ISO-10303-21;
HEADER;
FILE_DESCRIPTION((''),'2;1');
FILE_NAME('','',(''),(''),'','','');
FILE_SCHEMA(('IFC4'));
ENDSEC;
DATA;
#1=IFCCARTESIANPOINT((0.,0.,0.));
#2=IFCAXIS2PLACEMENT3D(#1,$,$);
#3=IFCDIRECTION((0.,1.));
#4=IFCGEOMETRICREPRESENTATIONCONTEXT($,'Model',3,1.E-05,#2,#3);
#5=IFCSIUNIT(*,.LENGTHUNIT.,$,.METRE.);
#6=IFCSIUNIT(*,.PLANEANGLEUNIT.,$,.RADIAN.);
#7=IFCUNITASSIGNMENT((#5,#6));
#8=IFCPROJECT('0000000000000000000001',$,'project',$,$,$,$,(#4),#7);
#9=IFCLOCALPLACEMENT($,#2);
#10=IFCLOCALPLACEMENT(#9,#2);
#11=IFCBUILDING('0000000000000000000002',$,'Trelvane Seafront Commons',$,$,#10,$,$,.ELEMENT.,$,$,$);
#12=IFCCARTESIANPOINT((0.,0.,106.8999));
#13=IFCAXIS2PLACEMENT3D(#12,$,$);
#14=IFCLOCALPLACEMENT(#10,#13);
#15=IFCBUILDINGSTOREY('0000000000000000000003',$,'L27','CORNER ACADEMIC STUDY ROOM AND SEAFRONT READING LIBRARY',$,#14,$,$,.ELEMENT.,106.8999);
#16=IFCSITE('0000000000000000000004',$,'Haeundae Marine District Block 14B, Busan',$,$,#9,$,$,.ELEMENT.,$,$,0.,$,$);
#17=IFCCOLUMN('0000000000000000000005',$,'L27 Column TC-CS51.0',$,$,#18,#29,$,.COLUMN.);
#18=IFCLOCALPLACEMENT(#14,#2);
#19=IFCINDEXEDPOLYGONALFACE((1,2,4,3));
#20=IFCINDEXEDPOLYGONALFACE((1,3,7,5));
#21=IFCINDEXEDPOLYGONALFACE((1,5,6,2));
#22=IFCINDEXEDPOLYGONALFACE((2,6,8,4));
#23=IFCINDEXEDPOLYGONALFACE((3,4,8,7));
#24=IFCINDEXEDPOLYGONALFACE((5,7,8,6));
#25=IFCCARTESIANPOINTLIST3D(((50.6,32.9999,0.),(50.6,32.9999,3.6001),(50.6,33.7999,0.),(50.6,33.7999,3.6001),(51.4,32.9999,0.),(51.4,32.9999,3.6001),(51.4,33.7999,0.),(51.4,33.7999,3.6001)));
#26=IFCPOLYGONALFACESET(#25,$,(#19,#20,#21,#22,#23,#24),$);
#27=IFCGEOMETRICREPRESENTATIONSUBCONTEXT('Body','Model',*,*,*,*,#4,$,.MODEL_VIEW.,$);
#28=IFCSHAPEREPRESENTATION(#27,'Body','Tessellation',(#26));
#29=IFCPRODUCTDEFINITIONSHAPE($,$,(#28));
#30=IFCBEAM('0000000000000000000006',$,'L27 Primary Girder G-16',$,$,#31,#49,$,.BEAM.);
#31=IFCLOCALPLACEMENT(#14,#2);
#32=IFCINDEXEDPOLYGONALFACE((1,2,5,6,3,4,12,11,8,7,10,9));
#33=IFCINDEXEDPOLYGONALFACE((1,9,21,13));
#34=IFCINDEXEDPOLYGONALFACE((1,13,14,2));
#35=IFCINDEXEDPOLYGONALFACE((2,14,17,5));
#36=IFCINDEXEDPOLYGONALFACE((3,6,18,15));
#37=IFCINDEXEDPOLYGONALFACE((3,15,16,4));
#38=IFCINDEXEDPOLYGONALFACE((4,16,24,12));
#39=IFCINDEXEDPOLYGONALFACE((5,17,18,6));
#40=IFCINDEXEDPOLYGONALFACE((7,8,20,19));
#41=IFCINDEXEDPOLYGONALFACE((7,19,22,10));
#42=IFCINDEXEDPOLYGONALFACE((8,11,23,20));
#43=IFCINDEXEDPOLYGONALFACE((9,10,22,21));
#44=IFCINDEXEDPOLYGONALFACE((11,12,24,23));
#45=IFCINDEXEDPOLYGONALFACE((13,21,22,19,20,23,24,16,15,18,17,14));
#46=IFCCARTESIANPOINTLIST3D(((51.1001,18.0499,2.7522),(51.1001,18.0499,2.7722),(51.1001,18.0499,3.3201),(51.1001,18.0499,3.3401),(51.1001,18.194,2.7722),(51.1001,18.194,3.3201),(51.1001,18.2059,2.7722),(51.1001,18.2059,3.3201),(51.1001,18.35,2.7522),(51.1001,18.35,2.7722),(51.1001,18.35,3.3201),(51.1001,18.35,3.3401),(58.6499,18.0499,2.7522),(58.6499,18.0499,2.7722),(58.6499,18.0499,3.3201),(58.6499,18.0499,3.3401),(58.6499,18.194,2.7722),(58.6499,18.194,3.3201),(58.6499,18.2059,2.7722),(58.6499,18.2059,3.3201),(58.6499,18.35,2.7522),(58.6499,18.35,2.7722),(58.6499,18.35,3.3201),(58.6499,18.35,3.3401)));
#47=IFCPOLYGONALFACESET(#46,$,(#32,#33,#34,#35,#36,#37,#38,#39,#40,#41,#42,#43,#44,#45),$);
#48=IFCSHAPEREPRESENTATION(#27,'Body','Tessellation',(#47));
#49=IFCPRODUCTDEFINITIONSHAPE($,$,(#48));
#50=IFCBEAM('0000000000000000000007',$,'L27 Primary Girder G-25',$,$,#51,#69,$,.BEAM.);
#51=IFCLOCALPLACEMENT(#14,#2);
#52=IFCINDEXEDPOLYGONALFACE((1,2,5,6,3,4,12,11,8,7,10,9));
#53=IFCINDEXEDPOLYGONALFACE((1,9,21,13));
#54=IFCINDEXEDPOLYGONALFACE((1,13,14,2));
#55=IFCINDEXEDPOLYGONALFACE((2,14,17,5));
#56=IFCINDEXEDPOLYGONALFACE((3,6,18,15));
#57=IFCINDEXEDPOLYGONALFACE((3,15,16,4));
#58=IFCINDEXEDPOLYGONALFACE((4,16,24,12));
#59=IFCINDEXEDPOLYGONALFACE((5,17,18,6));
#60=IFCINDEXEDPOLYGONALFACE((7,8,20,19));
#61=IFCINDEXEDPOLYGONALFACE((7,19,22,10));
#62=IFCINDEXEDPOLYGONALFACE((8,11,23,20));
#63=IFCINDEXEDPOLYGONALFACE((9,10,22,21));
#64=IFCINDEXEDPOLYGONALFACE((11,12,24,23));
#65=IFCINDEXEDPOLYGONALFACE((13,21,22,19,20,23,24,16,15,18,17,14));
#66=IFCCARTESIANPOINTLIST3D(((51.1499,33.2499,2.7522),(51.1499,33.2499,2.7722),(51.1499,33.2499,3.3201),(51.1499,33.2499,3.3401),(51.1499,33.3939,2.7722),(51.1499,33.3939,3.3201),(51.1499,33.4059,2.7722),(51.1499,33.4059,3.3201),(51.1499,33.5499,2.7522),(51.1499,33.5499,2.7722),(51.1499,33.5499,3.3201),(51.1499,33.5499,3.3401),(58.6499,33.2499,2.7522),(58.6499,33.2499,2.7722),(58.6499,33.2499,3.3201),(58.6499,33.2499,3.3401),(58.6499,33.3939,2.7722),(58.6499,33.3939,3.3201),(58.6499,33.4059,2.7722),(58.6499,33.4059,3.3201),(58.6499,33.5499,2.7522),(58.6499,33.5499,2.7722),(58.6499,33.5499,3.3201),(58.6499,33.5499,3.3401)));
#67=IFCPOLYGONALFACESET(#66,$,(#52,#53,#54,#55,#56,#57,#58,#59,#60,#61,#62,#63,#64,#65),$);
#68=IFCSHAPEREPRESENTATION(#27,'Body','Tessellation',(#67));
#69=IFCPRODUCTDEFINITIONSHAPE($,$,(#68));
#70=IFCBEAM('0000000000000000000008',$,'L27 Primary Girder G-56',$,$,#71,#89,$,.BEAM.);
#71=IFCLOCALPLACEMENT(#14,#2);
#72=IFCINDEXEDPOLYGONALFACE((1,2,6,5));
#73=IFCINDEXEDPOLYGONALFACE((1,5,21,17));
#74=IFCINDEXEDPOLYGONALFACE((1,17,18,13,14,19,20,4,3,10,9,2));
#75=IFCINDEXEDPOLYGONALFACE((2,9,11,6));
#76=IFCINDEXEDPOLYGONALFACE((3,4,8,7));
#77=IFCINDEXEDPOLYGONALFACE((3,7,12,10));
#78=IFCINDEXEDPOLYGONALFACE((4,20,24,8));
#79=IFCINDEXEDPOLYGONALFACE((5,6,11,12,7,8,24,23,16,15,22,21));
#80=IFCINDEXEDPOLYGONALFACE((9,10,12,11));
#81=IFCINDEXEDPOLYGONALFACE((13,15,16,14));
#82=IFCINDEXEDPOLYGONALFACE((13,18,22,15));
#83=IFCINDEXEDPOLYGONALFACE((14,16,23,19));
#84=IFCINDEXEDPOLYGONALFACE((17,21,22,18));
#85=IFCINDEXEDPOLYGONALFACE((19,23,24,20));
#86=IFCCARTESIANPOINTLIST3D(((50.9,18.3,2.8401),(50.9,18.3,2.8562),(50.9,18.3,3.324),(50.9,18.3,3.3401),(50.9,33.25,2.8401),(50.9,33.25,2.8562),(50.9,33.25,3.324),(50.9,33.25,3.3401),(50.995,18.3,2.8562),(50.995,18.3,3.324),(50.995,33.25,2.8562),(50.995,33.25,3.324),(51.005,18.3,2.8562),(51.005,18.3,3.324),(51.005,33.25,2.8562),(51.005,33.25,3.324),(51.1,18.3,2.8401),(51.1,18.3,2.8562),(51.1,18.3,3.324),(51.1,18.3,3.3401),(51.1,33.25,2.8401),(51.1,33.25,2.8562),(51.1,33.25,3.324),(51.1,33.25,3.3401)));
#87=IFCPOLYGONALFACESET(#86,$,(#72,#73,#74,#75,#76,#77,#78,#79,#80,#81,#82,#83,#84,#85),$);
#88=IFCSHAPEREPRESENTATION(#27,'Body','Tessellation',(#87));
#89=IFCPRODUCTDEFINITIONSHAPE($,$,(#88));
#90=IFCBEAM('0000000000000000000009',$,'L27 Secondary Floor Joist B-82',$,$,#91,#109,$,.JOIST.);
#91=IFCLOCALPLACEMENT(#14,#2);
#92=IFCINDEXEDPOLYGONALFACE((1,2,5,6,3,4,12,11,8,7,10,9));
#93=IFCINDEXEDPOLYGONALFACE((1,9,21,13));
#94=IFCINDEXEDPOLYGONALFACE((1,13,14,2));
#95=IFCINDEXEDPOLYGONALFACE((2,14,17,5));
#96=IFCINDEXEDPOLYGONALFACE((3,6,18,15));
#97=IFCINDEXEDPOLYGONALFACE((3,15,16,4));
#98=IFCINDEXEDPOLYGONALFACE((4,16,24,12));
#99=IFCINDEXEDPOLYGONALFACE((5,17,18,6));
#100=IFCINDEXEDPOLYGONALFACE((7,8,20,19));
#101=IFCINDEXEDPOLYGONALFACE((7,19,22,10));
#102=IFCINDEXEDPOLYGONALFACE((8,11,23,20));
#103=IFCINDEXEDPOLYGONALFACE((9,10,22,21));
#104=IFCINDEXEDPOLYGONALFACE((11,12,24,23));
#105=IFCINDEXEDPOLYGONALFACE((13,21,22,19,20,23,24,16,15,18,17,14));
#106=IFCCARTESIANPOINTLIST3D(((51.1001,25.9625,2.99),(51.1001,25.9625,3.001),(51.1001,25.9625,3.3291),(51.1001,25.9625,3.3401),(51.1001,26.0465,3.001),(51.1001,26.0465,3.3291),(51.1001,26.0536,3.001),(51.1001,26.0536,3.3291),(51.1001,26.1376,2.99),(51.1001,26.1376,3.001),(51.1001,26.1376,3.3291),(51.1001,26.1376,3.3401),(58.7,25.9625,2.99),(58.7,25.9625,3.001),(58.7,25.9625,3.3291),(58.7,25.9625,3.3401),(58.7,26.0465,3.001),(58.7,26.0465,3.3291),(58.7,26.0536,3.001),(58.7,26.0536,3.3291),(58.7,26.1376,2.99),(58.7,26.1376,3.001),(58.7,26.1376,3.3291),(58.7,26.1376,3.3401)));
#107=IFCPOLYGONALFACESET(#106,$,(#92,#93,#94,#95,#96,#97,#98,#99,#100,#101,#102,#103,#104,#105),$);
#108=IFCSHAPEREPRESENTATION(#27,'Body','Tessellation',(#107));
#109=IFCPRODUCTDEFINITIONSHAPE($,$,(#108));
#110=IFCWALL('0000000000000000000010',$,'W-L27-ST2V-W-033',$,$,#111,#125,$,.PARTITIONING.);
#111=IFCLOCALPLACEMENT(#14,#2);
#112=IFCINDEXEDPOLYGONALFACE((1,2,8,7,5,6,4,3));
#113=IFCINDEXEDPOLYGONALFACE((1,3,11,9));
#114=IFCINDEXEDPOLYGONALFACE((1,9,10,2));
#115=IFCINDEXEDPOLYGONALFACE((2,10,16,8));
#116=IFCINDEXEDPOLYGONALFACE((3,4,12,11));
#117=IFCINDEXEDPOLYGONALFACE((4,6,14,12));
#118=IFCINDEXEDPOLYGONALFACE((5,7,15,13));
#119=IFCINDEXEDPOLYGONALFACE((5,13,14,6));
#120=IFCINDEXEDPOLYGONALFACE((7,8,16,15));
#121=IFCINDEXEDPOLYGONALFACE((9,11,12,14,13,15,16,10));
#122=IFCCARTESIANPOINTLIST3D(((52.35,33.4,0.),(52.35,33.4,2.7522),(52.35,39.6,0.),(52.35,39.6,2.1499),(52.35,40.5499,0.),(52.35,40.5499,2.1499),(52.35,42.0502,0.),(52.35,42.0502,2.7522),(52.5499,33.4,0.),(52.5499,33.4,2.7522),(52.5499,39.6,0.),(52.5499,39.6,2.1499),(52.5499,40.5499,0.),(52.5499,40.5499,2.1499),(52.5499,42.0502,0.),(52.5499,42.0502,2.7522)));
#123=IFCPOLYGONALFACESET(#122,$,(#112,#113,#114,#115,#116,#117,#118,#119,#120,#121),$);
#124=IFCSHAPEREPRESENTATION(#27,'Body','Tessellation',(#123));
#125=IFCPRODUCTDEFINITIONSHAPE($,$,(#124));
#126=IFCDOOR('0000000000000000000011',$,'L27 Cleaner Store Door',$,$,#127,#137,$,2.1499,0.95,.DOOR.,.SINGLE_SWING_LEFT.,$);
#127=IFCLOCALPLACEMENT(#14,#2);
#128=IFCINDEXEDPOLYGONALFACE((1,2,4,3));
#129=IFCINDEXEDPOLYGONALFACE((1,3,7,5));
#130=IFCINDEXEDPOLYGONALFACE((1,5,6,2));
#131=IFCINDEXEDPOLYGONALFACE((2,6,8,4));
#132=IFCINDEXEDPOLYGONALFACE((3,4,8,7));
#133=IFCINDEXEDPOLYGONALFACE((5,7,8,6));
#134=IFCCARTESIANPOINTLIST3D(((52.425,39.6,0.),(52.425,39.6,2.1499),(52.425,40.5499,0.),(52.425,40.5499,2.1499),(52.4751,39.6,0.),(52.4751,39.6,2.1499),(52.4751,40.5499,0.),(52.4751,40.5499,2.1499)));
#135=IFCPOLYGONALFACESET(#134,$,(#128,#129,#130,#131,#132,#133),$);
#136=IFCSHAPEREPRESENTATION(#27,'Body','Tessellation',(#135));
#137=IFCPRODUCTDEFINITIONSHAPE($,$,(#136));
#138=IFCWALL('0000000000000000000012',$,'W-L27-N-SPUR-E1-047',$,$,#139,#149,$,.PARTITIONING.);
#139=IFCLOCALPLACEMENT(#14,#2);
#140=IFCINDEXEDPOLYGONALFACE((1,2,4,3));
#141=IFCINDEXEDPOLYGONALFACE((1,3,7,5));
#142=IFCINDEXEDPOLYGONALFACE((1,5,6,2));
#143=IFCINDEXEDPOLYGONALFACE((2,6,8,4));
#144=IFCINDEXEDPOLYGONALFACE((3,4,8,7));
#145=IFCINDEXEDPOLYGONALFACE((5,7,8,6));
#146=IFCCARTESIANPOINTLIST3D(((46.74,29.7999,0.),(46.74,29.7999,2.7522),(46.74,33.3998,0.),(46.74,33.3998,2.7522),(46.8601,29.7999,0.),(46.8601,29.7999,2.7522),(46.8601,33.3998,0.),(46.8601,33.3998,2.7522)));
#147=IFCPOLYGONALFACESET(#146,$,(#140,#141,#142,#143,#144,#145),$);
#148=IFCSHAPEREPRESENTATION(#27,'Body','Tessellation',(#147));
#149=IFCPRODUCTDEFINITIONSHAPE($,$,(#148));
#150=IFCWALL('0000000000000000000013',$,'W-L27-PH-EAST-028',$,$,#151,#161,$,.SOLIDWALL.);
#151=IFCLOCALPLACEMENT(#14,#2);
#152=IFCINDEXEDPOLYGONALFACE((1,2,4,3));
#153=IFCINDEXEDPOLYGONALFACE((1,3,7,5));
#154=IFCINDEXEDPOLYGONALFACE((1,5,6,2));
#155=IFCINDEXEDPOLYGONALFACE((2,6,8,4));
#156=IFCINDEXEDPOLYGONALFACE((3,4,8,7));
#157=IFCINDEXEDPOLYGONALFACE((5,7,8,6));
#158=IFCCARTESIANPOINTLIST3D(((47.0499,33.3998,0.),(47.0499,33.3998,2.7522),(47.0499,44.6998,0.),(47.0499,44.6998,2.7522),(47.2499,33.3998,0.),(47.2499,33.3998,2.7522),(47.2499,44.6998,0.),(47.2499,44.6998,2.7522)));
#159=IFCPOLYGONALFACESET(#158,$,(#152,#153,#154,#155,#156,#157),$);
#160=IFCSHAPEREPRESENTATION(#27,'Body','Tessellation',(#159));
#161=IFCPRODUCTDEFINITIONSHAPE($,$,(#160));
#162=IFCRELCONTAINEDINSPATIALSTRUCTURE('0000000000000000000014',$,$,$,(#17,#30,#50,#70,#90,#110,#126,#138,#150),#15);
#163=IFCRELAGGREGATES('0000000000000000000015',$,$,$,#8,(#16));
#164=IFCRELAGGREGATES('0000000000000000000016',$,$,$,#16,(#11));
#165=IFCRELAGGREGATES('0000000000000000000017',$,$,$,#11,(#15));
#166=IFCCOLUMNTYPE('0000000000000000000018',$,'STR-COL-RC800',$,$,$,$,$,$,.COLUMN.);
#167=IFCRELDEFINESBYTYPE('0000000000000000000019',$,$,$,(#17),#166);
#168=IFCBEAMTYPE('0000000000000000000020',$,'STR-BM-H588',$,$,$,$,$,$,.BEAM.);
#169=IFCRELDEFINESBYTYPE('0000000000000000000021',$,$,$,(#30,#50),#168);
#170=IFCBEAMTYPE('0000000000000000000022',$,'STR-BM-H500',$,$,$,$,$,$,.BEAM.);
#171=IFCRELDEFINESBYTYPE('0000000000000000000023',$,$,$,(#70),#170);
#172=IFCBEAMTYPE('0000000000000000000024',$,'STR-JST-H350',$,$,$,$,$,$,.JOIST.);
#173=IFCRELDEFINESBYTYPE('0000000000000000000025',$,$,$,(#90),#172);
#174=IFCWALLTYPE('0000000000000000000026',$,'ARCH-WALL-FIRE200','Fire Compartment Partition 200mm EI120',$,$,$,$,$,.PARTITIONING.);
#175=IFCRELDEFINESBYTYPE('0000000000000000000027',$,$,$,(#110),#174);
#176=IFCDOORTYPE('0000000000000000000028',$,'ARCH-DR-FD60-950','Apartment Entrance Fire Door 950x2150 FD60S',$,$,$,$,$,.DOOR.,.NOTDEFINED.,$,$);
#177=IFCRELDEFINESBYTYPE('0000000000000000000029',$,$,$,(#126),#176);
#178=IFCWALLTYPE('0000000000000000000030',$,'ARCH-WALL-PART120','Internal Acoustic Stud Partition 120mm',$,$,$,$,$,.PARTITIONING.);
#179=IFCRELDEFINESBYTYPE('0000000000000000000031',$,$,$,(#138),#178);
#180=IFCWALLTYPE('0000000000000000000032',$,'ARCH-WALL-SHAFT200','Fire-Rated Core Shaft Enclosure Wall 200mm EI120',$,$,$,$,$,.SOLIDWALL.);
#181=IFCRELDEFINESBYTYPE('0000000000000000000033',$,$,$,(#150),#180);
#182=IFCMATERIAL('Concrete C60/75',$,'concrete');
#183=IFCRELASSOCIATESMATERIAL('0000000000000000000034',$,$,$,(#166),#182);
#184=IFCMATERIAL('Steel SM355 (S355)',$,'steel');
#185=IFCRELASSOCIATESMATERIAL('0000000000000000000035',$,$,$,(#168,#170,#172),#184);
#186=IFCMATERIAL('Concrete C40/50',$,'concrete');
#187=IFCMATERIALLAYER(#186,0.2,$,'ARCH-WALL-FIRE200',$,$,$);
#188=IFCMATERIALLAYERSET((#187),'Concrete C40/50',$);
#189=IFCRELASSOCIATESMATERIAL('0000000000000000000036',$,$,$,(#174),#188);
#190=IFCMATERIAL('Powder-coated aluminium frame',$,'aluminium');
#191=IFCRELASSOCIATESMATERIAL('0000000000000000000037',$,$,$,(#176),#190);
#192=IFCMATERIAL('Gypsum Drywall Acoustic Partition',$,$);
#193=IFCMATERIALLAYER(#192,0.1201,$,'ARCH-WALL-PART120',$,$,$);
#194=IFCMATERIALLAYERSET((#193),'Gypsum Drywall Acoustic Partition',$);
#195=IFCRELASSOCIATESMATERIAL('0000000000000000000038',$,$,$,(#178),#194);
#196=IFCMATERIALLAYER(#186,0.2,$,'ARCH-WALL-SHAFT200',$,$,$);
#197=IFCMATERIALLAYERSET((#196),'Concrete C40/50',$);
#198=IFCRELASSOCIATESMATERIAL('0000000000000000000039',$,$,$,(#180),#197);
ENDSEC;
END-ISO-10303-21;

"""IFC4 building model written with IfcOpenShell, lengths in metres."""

from ifc_helpers import new_model, si_unit, direction, frame, frame_2d, origin, origin_2d, place, context, subcontext, project, spatial, rectangle, i_section, extrude, source, transform, mapped, material, layer, layer_set, material_profile, profile_set, type_object, element, fill, save


model = new_model("IFC4")

# Units and contexts
model_context = context("Model", 3, precision=1e-05, world=origin(), true_north=direction((0.0, 1.0)))
body_context = subcontext(model_context, "Body", "Model", "MODEL_VIEW")
ifc_project = project(units=[si_unit("LENGTHUNIT", "METRE"), si_unit("PLANEANGLEUNIT", "RADIAN")], contexts=[model_context])

# Site, building, storey
site_placement = place(None, origin())
site = spatial("IfcSite", under=ifc_project, at=site_placement, Name="Haeundae Marine District Block 14B, Busan", CompositionType="ELEMENT", RefElevation=0.0)
building_placement = place(site_placement, origin())
building = spatial("IfcBuilding", under=site, at=building_placement, Name="Trelvane Seafront Commons", CompositionType="ELEMENT")
storey_placement = place(building_placement, frame((0.0, 0.0, 106.8999)))
storey = spatial("IfcBuildingStorey", under=building, at=storey_placement, Name="L27", Description="CORNER ACADEMIC STUDY ROOM AND SEAFRONT READING LIBRARY", CompositionType="ELEMENT", Elevation=106.8999)

# Column
ifc_material_1 = material(Name="Concrete C60/75", Category="concrete")
ifc_material_profile_1 = material_profile(ifc_material_1, rectangle(XDim=0.8, YDim=0.8, at=origin_2d()), Name="RC-800x800")
ifc_profile_set_1 = profile_set([ifc_material_profile_1], Name="Concrete C60/75")
column_type = type_object("IfcColumnType", Name="STR-COL-RC800", PredefinedType="COLUMN", material=ifc_profile_set_1)
shared_shape_1 = source(origin(), body_context, "Body", "SweptSolid", [
    extrude(rectangle(XDim=0.8, YDim=0.8, at=origin_2d()), origin(), (0.0, 0.0, 1.0), 3.6001),
])
column_placement = place(storey_placement, frame((51.0, 33.3999, 0.0), z_axis=(0.0, 0.0, 1.0), x_axis=(1.0, 0.0, 0.0)))
element("IfcColumn", 1, at=column_placement, inside=storey, type_object=column_type, Name="L27 Column TC-CS51.0", PredefinedType="COLUMN", context=body_context, shape_type="MappedRepresentation", body=[
    mapped(shared_shape_1, transform((0.0, 0.0, 0.0), x_axis=(1.0, 0.0, 0.0), y_axis=(0.0, 1.0, 0.0), z_axis=(0.0, 0.0, 1.0), scale=1.0)),
])

# Beams
ifc_material_2 = material(Name="Steel SM355 (S355)", Category="steel")
ifc_material_profile_2 = material_profile(ifc_material_2, i_section(OverallWidth=0.3, OverallDepth=0.5879, WebThickness=0.012, FlangeThickness=0.02, at=origin_2d()), Name="H-588x300x12x20")
ifc_profile_set_2 = profile_set([ifc_material_profile_2], Name="Steel SM355 (S355)")
beam_type_1 = type_object("IfcBeamType", Name="STR-BM-H588", PredefinedType="BEAM", material=ifc_profile_set_2)
shared_shape_2 = source(origin(), body_context, "Body", "SweptSolid", [
    extrude(i_section(OverallWidth=0.3, OverallDepth=0.5879, WebThickness=0.012, FlangeThickness=0.02, at=origin_2d()), origin(), (0.0, 0.0, 1.0), 7.5498),
])
beam_1_placement = place(storey_placement, frame((51.1001, 18.2, 3.0461), z_axis=(1.0, 0.0, 0.0), x_axis=(0.0, 1.0, 0.0)))
element("IfcBeam", 2, at=beam_1_placement, inside=storey, type_object=beam_type_1, Name="L27 Primary Girder G-16", PredefinedType="BEAM", context=body_context, shape_type="MappedRepresentation", body=[
    mapped(shared_shape_2, transform((0.0, 0.0, 0.0), x_axis=(1.0, 0.0, 0.0), y_axis=(0.0, 1.0, 0.0), z_axis=(0.0, 0.0, 1.0), scale=1.0)),
])
shared_shape_3 = source(origin(), body_context, "Body", "SweptSolid", [
    extrude(i_section(OverallWidth=0.3, OverallDepth=0.5879, WebThickness=0.012, FlangeThickness=0.02, at=origin_2d()), origin(), (0.0, 0.0, 1.0), 7.5),
])
beam_2_placement = place(storey_placement, frame((51.1499, 33.3999, 3.0461), z_axis=(1.0, 0.0, 0.0), x_axis=(0.0, 1.0, 0.0)))
element("IfcBeam", 3, at=beam_2_placement, inside=storey, type_object=beam_type_1, Name="L27 Primary Girder G-25", PredefinedType="BEAM", context=body_context, shape_type="MappedRepresentation", body=[
    mapped(shared_shape_3, transform((0.0, 0.0, 0.0), x_axis=(1.0, 0.0, 0.0), y_axis=(0.0, 1.0, 0.0), z_axis=(0.0, 0.0, 1.0), scale=1.0)),
])
ifc_material_profile_3 = material_profile(ifc_material_2, i_section(OverallWidth=0.2, OverallDepth=0.5, WebThickness=0.01, FlangeThickness=0.0161, at=origin_2d()), Name="H-500x200x10x16")
ifc_profile_set_3 = profile_set([ifc_material_profile_3], Name="Steel SM355 (S355)")
beam_type_2 = type_object("IfcBeamType", Name="STR-BM-H500", PredefinedType="BEAM", material=ifc_profile_set_3)
shared_shape_4 = source(origin(), body_context, "Body", "SweptSolid", [
    extrude(i_section(OverallWidth=0.2, OverallDepth=0.5, WebThickness=0.01, FlangeThickness=0.0161, at=origin_2d()), origin(), (0.0, 0.0, 1.0), 14.95),
])
beam_3_placement = place(storey_placement, frame((51.0, 18.3, 3.0901), z_axis=(0.0, 1.0, 0.0), x_axis=(-1.0, 0.0, 0.0)))
element("IfcBeam", 4, at=beam_3_placement, inside=storey, type_object=beam_type_2, Name="L27 Primary Girder G-56", PredefinedType="BEAM", context=body_context, shape_type="MappedRepresentation", body=[
    mapped(shared_shape_4, transform((0.0, 0.0, 0.0), x_axis=(1.0, 0.0, 0.0), y_axis=(0.0, 1.0, 0.0), z_axis=(0.0, 0.0, 1.0), scale=1.0)),
])
ifc_material_profile_4 = material_profile(ifc_material_2, i_section(OverallWidth=0.175, OverallDepth=0.3501, WebThickness=0.0071, FlangeThickness=0.011, at=origin_2d()), Name="H-350x175x7x11")
ifc_profile_set_4 = profile_set([ifc_material_profile_4], Name="Steel SM355 (S355)")
beam_type_3 = type_object("IfcBeamType", Name="STR-JST-H350", PredefinedType="JOIST", material=ifc_profile_set_4)
shared_shape_5 = source(origin(), body_context, "Body", "SweptSolid", [
    extrude(i_section(OverallWidth=0.175, OverallDepth=0.3501, WebThickness=0.0071, FlangeThickness=0.011, at=origin_2d()), origin(), (0.0, 0.0, 1.0), 7.5999),
])
beam_4_placement = place(storey_placement, frame((51.1001, 26.05, 3.165), z_axis=(1.0, 0.0, 0.0), x_axis=(0.0, 1.0, 0.0)))
element("IfcBeam", 5, at=beam_4_placement, inside=storey, type_object=beam_type_3, Name="L27 Secondary Floor Joist B-82", PredefinedType="JOIST", context=body_context, shape_type="MappedRepresentation", body=[
    mapped(shared_shape_5, transform((0.0, 0.0, 0.0), x_axis=(1.0, 0.0, 0.0), y_axis=(0.0, 1.0, 0.0), z_axis=(0.0, 0.0, 1.0), scale=1.0)),
])

# Wall, opening, door
ifc_material_3 = material(Name="Concrete C40/50", Category="concrete")
ifc_layer_1 = layer(ifc_material_3, 0.2, Name="ARCH-WALL-FIRE200")
ifc_layer_set_1 = layer_set([ifc_layer_1], Name="Concrete C40/50")
wall_type_1 = type_object("IfcWallType", Name="ARCH-WALL-FIRE200", Description="Fire Compartment Partition 200mm EI120", PredefinedType="PARTITIONING", material=ifc_layer_set_1)
wall_1_placement = place(storey_placement, frame((52.45, 33.3999, 0.0), z_axis=(0.0, 0.0, 1.0), x_axis=(0.0, 1.0, 0.0)))
wall_1 = element("IfcWall", 6, at=wall_1_placement, inside=storey, type_object=wall_type_1, Name="W-L27-ST2V-W-033", PredefinedType="PARTITIONING", context=body_context, shape_type="SweptSolid", body=[
    extrude(rectangle(XDim=8.6501, YDim=0.2, at=frame_2d((4.3252, 0.0))), origin(), (0.0, 0.0, 1.0), 2.7522),
])
opening_1_placement = place(wall_1_placement, frame((6.2, 0.0, 0.0)))
opening_1 = element("IfcOpeningElement", 7, at=opening_1_placement, cuts=wall_1, PredefinedType="OPENING", context=body_context, shape_type="SweptSolid", body=[
    extrude(rectangle(XDim=0.95, YDim=2.1499, at=frame_2d((0.4751, 1.075))), frame((0.0, 0.1099, 0.0), z_axis=(0.0, -1.0, 0.0), x_axis=(1.0, 0.0, 0.0)), (0.0, 0.0, 1.0), 0.22),
])
ifc_material_4 = material(Name="Powder-coated aluminium frame", Category="aluminium")
door_type_1 = type_object("IfcDoorType", Name="ARCH-DR-FD60-950", Description="Apartment Entrance Fire Door 950x2150 FD60S", OperationType="NOTDEFINED", PredefinedType="DOOR", material=ifc_material_4)
shared_shape_6 = source(origin(), body_context, "Body", "SweptSolid", [
    extrude(rectangle(XDim=0.95, YDim=2.1499, at=frame_2d((0.4751, 1.075))), frame((0.0, 0.0249, 0.0), z_axis=(0.0, -1.0, 0.0), x_axis=(1.0, 0.0, 0.0)), (0.0, 0.0, 1.0), 0.05),
])
door_1_placement = place(opening_1_placement, origin())
door_1 = element("IfcDoor", 8, at=door_1_placement, inside=storey, type_object=door_type_1, Name="L27 Cleaner Store Door", OperationType="SINGLE_SWING_LEFT", OverallHeight=2.1499, OverallWidth=0.95, PredefinedType="DOOR", context=body_context, shape_type="MappedRepresentation", body=[
    mapped(shared_shape_6, transform((0.0, 0.0, 0.0), x_axis=(1.0, 0.0, 0.0), y_axis=(0.0, 1.0, 0.0), z_axis=(0.0, 0.0, 1.0), scale=1.0)),
])
fill(opening_1, door_1)

# Shared definitions
ifc_material_5 = material(Name="Gypsum Drywall Acoustic Partition")
ifc_layer_2 = layer(ifc_material_5, 0.1201, Name="ARCH-WALL-PART120")
ifc_layer_set_2 = layer_set([ifc_layer_2], Name="Gypsum Drywall Acoustic Partition")
wall_type_2 = type_object("IfcWallType", Name="ARCH-WALL-PART120", Description="Internal Acoustic Stud Partition 120mm", PredefinedType="PARTITIONING", material=ifc_layer_set_2)

# Wall
wall_2_placement = place(storey_placement, frame((46.8, 29.8, 0.0), z_axis=(0.0, 0.0, 1.0), x_axis=(0.0, 1.0, 0.0)))
element("IfcWall", 9, at=wall_2_placement, inside=storey, type_object=wall_type_2, Name="W-L27-N-SPUR-E1-047", PredefinedType="PARTITIONING", context=body_context, shape_type="SweptSolid", body=[
    extrude(rectangle(XDim=3.5999, YDim=0.1201, at=frame_2d((1.7998, 0.0))), origin(), (0.0, 0.0, 1.0), 2.7522),
])

# Wall
ifc_layer_3 = layer(ifc_material_3, 0.2, Name="ARCH-WALL-SHAFT200")
ifc_layer_set_3 = layer_set([ifc_layer_3], Name="Concrete C40/50")
wall_type_3 = type_object("IfcWallType", Name="ARCH-WALL-SHAFT200", Description="Fire-Rated Core Shaft Enclosure Wall 200mm EI120", PredefinedType="SOLIDWALL", material=ifc_layer_set_3)
wall_3_placement = place(storey_placement, frame((47.1499, 33.3999, 0.0), z_axis=(0.0, 0.0, 1.0), x_axis=(0.0, 1.0, 0.0)))
element("IfcWall", 10, at=wall_3_placement, inside=storey, type_object=wall_type_3, Name="W-L27-PH-EAST-028", PredefinedType="SOLIDWALL", context=body_context, shape_type="SweptSolid", body=[
    extrude(rectangle(XDim=11.3, YDim=0.2, at=frame_2d((5.6499, 0.0))), origin(), (0.0, 0.0, 1.0), 2.7522),
])

save(model, "model.ifc")
